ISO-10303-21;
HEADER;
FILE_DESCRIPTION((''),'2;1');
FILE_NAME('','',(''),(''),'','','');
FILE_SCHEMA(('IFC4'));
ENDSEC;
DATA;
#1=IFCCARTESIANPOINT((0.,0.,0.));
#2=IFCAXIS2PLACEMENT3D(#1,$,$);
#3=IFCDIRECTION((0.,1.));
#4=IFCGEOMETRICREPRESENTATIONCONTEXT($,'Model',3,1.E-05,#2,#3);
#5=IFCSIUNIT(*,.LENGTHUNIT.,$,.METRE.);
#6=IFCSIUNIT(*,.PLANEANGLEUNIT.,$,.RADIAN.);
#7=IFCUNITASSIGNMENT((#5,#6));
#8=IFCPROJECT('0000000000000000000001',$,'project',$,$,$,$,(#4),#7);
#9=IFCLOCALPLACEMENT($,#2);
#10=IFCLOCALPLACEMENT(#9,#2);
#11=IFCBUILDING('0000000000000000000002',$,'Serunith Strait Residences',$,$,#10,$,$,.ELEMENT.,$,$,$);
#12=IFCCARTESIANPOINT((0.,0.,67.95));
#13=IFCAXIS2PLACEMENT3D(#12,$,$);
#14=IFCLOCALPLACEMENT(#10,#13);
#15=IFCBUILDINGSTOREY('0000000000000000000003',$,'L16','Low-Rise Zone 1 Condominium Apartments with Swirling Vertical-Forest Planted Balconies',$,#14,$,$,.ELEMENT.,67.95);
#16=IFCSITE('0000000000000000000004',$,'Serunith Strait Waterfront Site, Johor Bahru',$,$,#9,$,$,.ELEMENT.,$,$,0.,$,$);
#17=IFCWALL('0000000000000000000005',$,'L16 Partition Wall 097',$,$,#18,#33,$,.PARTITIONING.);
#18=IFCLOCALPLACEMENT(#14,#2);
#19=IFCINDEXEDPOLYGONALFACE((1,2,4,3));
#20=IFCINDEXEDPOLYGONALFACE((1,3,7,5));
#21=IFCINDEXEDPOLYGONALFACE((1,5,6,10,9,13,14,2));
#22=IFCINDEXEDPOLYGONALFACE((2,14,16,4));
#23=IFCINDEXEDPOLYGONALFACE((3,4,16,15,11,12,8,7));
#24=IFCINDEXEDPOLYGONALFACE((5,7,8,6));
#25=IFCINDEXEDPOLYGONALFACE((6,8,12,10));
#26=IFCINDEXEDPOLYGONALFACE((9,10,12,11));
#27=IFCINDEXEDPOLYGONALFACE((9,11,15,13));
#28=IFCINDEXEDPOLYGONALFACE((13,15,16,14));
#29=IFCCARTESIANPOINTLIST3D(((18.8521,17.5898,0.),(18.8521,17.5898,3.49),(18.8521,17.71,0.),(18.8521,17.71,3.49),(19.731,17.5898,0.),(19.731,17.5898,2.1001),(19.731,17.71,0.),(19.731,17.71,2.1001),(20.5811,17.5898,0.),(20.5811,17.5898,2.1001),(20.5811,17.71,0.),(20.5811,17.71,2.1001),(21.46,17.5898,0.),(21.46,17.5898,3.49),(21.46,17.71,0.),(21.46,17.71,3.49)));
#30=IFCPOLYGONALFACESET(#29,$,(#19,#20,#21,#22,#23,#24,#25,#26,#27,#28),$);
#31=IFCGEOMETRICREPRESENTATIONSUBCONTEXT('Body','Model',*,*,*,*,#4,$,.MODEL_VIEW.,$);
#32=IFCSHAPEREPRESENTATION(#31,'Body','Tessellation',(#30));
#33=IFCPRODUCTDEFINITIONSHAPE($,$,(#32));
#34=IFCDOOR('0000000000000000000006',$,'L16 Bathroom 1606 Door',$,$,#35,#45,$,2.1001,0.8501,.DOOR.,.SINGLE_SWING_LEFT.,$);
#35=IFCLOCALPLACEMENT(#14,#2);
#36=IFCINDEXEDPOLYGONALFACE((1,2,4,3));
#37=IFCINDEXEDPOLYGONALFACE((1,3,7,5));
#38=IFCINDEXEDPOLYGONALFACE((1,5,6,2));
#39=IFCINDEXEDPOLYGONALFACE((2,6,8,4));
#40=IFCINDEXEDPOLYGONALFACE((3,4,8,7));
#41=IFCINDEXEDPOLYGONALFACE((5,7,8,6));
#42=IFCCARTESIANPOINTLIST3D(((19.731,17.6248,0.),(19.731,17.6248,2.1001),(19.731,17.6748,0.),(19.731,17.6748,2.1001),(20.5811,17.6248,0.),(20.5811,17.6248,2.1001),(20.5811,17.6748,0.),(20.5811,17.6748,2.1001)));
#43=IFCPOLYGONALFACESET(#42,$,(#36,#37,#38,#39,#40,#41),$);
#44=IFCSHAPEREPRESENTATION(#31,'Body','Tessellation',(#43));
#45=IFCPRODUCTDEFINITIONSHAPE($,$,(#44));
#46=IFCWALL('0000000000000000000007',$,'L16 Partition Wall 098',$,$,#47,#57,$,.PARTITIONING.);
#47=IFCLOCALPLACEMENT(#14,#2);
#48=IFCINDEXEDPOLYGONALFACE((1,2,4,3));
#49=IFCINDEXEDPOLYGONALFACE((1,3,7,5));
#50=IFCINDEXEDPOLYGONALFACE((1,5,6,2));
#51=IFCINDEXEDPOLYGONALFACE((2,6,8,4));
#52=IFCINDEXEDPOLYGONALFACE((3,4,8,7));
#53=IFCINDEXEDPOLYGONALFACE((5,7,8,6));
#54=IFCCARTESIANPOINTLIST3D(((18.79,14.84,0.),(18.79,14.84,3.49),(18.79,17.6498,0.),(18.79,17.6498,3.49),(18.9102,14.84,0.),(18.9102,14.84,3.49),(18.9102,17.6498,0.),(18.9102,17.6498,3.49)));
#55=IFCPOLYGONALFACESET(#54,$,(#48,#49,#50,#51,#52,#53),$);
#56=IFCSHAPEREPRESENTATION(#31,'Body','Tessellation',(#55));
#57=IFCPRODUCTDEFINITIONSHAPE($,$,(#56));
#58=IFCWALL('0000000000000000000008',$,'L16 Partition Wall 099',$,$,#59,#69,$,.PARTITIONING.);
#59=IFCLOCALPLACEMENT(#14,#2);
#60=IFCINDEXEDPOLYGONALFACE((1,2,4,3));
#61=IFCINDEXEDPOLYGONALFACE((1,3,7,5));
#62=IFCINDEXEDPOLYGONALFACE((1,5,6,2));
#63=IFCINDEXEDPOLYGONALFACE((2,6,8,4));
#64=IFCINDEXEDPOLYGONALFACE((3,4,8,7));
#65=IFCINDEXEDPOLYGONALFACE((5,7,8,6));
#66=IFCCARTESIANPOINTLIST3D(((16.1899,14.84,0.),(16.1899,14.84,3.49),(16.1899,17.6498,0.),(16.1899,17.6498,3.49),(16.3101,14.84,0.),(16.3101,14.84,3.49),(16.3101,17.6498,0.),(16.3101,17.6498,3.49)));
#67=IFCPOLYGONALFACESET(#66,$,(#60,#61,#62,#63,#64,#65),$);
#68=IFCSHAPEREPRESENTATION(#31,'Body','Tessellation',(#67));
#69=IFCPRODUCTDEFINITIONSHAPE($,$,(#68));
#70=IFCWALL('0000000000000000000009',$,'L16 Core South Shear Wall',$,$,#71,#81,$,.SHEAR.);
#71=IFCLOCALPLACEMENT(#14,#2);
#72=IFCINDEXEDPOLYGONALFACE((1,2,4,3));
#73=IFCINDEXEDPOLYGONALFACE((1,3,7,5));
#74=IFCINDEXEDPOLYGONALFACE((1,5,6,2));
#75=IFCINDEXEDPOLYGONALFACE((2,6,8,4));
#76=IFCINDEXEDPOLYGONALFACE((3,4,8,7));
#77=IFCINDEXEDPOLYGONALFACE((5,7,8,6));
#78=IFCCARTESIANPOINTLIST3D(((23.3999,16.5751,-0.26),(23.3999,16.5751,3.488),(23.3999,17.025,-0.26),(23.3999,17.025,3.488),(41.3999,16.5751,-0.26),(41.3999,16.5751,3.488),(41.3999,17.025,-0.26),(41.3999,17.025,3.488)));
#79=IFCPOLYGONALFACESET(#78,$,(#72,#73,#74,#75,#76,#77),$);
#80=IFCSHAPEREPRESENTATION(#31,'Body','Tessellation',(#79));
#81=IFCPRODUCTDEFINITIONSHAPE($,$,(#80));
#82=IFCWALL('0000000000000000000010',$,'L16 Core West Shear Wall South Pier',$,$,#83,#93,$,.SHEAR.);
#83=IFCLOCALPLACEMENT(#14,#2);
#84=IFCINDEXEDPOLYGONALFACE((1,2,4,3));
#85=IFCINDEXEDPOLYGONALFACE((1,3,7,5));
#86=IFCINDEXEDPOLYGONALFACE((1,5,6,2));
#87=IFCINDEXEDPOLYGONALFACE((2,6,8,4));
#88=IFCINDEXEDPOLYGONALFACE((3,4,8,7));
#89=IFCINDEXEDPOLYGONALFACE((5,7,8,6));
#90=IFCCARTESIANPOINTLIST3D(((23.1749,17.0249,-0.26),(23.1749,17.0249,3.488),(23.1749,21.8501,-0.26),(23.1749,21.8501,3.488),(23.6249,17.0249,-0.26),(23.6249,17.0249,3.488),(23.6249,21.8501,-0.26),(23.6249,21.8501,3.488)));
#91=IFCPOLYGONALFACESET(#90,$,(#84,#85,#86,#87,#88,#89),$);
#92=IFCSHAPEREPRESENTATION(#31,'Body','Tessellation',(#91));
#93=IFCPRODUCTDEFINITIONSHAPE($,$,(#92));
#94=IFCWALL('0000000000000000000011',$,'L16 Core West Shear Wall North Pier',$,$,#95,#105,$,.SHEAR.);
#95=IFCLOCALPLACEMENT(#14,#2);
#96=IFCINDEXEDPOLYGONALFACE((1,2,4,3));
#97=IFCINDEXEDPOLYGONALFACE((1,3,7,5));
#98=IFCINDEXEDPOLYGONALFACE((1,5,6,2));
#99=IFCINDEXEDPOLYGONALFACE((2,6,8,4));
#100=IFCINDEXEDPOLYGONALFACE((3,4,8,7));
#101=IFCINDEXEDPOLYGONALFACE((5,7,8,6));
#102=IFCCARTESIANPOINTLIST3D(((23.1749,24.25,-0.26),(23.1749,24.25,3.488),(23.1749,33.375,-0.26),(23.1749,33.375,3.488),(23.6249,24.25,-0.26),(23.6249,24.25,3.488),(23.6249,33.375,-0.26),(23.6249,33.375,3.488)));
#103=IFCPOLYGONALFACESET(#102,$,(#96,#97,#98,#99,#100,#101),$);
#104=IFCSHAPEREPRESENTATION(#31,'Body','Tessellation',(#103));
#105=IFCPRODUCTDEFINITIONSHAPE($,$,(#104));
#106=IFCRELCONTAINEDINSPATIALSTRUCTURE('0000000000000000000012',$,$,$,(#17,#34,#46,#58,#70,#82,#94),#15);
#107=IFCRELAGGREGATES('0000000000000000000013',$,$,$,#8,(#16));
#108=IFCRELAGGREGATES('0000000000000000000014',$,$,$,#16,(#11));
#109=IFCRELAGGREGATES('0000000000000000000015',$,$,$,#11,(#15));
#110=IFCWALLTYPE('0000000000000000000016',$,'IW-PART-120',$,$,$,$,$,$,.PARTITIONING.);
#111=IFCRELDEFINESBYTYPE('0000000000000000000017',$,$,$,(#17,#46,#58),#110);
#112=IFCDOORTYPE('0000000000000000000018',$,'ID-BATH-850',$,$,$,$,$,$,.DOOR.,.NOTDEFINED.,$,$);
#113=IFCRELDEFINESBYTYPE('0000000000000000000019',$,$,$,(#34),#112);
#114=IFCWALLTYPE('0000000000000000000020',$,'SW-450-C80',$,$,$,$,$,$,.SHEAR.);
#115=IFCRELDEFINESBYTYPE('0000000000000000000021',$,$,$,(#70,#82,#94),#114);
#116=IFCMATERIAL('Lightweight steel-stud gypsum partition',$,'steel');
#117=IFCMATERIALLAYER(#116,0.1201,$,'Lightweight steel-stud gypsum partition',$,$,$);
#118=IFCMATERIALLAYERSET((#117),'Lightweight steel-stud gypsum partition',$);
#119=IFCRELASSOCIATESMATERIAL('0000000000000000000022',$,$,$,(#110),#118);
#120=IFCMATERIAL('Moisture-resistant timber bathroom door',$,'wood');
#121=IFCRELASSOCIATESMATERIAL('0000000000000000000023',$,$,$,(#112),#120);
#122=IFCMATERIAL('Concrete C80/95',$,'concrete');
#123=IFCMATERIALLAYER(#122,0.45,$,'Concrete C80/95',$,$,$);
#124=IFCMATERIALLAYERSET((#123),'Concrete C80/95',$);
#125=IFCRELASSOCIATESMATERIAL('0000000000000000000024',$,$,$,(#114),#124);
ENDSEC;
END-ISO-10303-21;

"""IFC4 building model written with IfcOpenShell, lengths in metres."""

from ifc_helpers import new_model, si_unit, direction, frame, frame_2d, origin, place, context, subcontext, project, spatial, rectangle, extrude, source, transform, mapped, material, layer, layer_set, type_object, element, fill, save


model = new_model("IFC4")

# Units and contexts
model_context = context("Model", 3, precision=1e-05, world=origin(), true_north=direction((0.0, 1.0)))
body_context = subcontext(model_context, "Body", "Model", "MODEL_VIEW")
ifc_project = project(units=[si_unit("LENGTHUNIT", "METRE"), si_unit("PLANEANGLEUNIT", "RADIAN")], contexts=[model_context])

# Site, building, storey
site_placement = place(None, origin())
site = spatial("IfcSite", under=ifc_project, at=site_placement, Name="Serunith Strait Waterfront Site, Johor Bahru", CompositionType="ELEMENT", RefElevation=0.0)
building_placement = place(site_placement, origin())
building = spatial("IfcBuilding", under=site, at=building_placement, Name="Serunith Strait Residences", CompositionType="ELEMENT")
storey_placement = place(building_placement, frame((0.0, 0.0, 67.95)))
storey = spatial("IfcBuildingStorey", under=building, at=storey_placement, Name="L16", Description="Low-Rise Zone 1 Condominium Apartments with Swirling Vertical-Forest Planted Balconies", CompositionType="ELEMENT", Elevation=67.95)

# Wall, opening, door
ifc_material_1 = material(Name="Lightweight steel-stud gypsum partition", Category="steel")
ifc_layer_1 = layer(ifc_material_1, 0.1201, Name="Lightweight steel-stud gypsum partition")
ifc_layer_set_1 = layer_set([ifc_layer_1], Name="Lightweight steel-stud gypsum partition")
wall_type_1 = type_object("IfcWallType", Name="IW-PART-120", PredefinedType="PARTITIONING", material=ifc_layer_set_1)
shared_shape_1 = source(origin(), body_context, "Body", "SweptSolid", [
    extrude(rectangle(XDim=0.8501, YDim=2.1001, at=frame_2d((0.425, 1.05))), frame((0.0, 0.0249, 0.0), z_axis=(0.0, -1.0, 0.0), x_axis=(1.0, 0.0, 0.0)), (0.0, 0.0, 1.0), 0.05),
])
wall_1_placement = place(storey_placement, frame((18.8521, 17.6499, 0.0), z_axis=(0.0, 0.0, 1.0), x_axis=(1.0, 0.0, 0.0)))
wall_1 = element("IfcWall", 1, at=wall_1_placement, inside=storey, type_object=wall_type_1, Name="L16 Partition Wall 097", PredefinedType="PARTITIONING", context=body_context, shape_type="SweptSolid", body=[
    extrude(rectangle(XDim=2.6079, YDim=0.1201, at=frame_2d((1.304, 0.0))), origin(), (0.0, 0.0, 1.0), 3.49),
])
opening_1_placement = place(wall_1_placement, frame((0.8789, 0.0, 0.0)))
opening_1 = element("IfcOpeningElement", 2, at=opening_1_placement, cuts=wall_1, PredefinedType="OPENING", context=body_context, shape_type="SweptSolid", body=[
    extrude(rectangle(XDim=0.8501, YDim=2.1001, at=frame_2d((0.425, 1.05))), frame((0.0, 0.0701, 0.0), z_axis=(0.0, -1.0, 0.0), x_axis=(1.0, 0.0, 0.0)), (0.0, 0.0, 1.0), 0.1401),
])
ifc_material_2 = material(Name="Moisture-resistant timber bathroom door", Category="wood")
door_type_1 = type_object("IfcDoorType", Name="ID-BATH-850", OperationType="NOTDEFINED", PredefinedType="DOOR", material=ifc_material_2)
door_1_placement = place(opening_1_placement, origin())
door_1 = element("IfcDoor", 3, at=door_1_placement, inside=storey, type_object=door_type_1, Name="L16 Bathroom 1606 Door", OperationType="SINGLE_SWING_LEFT", OverallHeight=2.1001, OverallWidth=0.8501, PredefinedType="DOOR", context=body_context, shape_type="MappedRepresentation", body=[
    mapped(shared_shape_1, transform((0.0, 0.0, 0.0), scale=1.0)),
])
fill(opening_1, door_1)

# Walls
for number, where, z_axis, x_axis, name in (
    (4, (18.8501, 14.8401, 0.0), (0.0, 0.0, 1.0), (0.0, 1.0, 0.0), "L16 Partition Wall 098"),
    (5, (16.25, 14.8401, 0.0), (0.0, 0.0, 1.0), (0.0, 1.0, 0.0), "L16 Partition Wall 099"),
):
    element("IfcWall", number, at=place(storey_placement, frame(where, z_axis=z_axis, x_axis=x_axis)), inside=storey, type_object=wall_type_1, Name=name, PredefinedType="PARTITIONING", context=body_context, shape_type="SweptSolid", body=[
        extrude(rectangle(XDim=2.8098, YDim=0.1201, at=frame_2d((1.4048, 0.0))), origin(), (0.0, 0.0, 1.0), 3.49),
    ])

# Walls
ifc_material_3 = material(Name="Concrete C80/95", Category="concrete")
ifc_layer_2 = layer(ifc_material_3, 0.45, Name="Concrete C80/95")
ifc_layer_set_2 = layer_set([ifc_layer_2], Name="Concrete C80/95")
wall_type_2 = type_object("IfcWallType", Name="SW-450-C80", PredefinedType="SHEAR", material=ifc_layer_set_2)
wall_2_placement = place(storey_placement, frame((23.3999, 16.8, -0.26), z_axis=(0.0, 0.0, 1.0), x_axis=(1.0, 0.0, 0.0)))
element("IfcWall", 6, at=wall_2_placement, inside=storey, type_object=wall_type_2, Name="L16 Core South Shear Wall", PredefinedType="SHEAR", context=body_context, shape_type="SweptSolid", body=[
    extrude(rectangle(XDim=18.0, YDim=0.45, at=frame_2d((9.0, 0.0))), origin(), (0.0, 0.0, 1.0), 3.748),
])
wall_3_placement = place(storey_placement, frame((23.3999, 17.0249, -0.26), z_axis=(0.0, 0.0, 1.0), x_axis=(0.0, 1.0, 0.0)))
element("IfcWall", 7, at=wall_3_placement, inside=storey, type_object=wall_type_2, Name="L16 Core West Shear Wall South Pier", PredefinedType="SHEAR", context=body_context, shape_type="SweptSolid", body=[
    extrude(rectangle(XDim=4.8252, YDim=0.45, at=frame_2d((2.4126, 0.0))), origin(), (0.0, 0.0, 1.0), 3.748),
])
wall_4_placement = place(storey_placement, frame((23.3999, 24.25, -0.26), z_axis=(0.0, 0.0, 1.0), x_axis=(0.0, 1.0, 0.0)))
element("IfcWall", 8, at=wall_4_placement, inside=storey, type_object=wall_type_2, Name="L16 Core West Shear Wall North Pier", PredefinedType="SHEAR", context=body_context, shape_type="SweptSolid", body=[
    extrude(rectangle(XDim=9.125, YDim=0.45, at=frame_2d((4.5625, 0.0))), origin(), (0.0, 0.0, 1.0), 3.748),
])

save(model, "model.ifc")
